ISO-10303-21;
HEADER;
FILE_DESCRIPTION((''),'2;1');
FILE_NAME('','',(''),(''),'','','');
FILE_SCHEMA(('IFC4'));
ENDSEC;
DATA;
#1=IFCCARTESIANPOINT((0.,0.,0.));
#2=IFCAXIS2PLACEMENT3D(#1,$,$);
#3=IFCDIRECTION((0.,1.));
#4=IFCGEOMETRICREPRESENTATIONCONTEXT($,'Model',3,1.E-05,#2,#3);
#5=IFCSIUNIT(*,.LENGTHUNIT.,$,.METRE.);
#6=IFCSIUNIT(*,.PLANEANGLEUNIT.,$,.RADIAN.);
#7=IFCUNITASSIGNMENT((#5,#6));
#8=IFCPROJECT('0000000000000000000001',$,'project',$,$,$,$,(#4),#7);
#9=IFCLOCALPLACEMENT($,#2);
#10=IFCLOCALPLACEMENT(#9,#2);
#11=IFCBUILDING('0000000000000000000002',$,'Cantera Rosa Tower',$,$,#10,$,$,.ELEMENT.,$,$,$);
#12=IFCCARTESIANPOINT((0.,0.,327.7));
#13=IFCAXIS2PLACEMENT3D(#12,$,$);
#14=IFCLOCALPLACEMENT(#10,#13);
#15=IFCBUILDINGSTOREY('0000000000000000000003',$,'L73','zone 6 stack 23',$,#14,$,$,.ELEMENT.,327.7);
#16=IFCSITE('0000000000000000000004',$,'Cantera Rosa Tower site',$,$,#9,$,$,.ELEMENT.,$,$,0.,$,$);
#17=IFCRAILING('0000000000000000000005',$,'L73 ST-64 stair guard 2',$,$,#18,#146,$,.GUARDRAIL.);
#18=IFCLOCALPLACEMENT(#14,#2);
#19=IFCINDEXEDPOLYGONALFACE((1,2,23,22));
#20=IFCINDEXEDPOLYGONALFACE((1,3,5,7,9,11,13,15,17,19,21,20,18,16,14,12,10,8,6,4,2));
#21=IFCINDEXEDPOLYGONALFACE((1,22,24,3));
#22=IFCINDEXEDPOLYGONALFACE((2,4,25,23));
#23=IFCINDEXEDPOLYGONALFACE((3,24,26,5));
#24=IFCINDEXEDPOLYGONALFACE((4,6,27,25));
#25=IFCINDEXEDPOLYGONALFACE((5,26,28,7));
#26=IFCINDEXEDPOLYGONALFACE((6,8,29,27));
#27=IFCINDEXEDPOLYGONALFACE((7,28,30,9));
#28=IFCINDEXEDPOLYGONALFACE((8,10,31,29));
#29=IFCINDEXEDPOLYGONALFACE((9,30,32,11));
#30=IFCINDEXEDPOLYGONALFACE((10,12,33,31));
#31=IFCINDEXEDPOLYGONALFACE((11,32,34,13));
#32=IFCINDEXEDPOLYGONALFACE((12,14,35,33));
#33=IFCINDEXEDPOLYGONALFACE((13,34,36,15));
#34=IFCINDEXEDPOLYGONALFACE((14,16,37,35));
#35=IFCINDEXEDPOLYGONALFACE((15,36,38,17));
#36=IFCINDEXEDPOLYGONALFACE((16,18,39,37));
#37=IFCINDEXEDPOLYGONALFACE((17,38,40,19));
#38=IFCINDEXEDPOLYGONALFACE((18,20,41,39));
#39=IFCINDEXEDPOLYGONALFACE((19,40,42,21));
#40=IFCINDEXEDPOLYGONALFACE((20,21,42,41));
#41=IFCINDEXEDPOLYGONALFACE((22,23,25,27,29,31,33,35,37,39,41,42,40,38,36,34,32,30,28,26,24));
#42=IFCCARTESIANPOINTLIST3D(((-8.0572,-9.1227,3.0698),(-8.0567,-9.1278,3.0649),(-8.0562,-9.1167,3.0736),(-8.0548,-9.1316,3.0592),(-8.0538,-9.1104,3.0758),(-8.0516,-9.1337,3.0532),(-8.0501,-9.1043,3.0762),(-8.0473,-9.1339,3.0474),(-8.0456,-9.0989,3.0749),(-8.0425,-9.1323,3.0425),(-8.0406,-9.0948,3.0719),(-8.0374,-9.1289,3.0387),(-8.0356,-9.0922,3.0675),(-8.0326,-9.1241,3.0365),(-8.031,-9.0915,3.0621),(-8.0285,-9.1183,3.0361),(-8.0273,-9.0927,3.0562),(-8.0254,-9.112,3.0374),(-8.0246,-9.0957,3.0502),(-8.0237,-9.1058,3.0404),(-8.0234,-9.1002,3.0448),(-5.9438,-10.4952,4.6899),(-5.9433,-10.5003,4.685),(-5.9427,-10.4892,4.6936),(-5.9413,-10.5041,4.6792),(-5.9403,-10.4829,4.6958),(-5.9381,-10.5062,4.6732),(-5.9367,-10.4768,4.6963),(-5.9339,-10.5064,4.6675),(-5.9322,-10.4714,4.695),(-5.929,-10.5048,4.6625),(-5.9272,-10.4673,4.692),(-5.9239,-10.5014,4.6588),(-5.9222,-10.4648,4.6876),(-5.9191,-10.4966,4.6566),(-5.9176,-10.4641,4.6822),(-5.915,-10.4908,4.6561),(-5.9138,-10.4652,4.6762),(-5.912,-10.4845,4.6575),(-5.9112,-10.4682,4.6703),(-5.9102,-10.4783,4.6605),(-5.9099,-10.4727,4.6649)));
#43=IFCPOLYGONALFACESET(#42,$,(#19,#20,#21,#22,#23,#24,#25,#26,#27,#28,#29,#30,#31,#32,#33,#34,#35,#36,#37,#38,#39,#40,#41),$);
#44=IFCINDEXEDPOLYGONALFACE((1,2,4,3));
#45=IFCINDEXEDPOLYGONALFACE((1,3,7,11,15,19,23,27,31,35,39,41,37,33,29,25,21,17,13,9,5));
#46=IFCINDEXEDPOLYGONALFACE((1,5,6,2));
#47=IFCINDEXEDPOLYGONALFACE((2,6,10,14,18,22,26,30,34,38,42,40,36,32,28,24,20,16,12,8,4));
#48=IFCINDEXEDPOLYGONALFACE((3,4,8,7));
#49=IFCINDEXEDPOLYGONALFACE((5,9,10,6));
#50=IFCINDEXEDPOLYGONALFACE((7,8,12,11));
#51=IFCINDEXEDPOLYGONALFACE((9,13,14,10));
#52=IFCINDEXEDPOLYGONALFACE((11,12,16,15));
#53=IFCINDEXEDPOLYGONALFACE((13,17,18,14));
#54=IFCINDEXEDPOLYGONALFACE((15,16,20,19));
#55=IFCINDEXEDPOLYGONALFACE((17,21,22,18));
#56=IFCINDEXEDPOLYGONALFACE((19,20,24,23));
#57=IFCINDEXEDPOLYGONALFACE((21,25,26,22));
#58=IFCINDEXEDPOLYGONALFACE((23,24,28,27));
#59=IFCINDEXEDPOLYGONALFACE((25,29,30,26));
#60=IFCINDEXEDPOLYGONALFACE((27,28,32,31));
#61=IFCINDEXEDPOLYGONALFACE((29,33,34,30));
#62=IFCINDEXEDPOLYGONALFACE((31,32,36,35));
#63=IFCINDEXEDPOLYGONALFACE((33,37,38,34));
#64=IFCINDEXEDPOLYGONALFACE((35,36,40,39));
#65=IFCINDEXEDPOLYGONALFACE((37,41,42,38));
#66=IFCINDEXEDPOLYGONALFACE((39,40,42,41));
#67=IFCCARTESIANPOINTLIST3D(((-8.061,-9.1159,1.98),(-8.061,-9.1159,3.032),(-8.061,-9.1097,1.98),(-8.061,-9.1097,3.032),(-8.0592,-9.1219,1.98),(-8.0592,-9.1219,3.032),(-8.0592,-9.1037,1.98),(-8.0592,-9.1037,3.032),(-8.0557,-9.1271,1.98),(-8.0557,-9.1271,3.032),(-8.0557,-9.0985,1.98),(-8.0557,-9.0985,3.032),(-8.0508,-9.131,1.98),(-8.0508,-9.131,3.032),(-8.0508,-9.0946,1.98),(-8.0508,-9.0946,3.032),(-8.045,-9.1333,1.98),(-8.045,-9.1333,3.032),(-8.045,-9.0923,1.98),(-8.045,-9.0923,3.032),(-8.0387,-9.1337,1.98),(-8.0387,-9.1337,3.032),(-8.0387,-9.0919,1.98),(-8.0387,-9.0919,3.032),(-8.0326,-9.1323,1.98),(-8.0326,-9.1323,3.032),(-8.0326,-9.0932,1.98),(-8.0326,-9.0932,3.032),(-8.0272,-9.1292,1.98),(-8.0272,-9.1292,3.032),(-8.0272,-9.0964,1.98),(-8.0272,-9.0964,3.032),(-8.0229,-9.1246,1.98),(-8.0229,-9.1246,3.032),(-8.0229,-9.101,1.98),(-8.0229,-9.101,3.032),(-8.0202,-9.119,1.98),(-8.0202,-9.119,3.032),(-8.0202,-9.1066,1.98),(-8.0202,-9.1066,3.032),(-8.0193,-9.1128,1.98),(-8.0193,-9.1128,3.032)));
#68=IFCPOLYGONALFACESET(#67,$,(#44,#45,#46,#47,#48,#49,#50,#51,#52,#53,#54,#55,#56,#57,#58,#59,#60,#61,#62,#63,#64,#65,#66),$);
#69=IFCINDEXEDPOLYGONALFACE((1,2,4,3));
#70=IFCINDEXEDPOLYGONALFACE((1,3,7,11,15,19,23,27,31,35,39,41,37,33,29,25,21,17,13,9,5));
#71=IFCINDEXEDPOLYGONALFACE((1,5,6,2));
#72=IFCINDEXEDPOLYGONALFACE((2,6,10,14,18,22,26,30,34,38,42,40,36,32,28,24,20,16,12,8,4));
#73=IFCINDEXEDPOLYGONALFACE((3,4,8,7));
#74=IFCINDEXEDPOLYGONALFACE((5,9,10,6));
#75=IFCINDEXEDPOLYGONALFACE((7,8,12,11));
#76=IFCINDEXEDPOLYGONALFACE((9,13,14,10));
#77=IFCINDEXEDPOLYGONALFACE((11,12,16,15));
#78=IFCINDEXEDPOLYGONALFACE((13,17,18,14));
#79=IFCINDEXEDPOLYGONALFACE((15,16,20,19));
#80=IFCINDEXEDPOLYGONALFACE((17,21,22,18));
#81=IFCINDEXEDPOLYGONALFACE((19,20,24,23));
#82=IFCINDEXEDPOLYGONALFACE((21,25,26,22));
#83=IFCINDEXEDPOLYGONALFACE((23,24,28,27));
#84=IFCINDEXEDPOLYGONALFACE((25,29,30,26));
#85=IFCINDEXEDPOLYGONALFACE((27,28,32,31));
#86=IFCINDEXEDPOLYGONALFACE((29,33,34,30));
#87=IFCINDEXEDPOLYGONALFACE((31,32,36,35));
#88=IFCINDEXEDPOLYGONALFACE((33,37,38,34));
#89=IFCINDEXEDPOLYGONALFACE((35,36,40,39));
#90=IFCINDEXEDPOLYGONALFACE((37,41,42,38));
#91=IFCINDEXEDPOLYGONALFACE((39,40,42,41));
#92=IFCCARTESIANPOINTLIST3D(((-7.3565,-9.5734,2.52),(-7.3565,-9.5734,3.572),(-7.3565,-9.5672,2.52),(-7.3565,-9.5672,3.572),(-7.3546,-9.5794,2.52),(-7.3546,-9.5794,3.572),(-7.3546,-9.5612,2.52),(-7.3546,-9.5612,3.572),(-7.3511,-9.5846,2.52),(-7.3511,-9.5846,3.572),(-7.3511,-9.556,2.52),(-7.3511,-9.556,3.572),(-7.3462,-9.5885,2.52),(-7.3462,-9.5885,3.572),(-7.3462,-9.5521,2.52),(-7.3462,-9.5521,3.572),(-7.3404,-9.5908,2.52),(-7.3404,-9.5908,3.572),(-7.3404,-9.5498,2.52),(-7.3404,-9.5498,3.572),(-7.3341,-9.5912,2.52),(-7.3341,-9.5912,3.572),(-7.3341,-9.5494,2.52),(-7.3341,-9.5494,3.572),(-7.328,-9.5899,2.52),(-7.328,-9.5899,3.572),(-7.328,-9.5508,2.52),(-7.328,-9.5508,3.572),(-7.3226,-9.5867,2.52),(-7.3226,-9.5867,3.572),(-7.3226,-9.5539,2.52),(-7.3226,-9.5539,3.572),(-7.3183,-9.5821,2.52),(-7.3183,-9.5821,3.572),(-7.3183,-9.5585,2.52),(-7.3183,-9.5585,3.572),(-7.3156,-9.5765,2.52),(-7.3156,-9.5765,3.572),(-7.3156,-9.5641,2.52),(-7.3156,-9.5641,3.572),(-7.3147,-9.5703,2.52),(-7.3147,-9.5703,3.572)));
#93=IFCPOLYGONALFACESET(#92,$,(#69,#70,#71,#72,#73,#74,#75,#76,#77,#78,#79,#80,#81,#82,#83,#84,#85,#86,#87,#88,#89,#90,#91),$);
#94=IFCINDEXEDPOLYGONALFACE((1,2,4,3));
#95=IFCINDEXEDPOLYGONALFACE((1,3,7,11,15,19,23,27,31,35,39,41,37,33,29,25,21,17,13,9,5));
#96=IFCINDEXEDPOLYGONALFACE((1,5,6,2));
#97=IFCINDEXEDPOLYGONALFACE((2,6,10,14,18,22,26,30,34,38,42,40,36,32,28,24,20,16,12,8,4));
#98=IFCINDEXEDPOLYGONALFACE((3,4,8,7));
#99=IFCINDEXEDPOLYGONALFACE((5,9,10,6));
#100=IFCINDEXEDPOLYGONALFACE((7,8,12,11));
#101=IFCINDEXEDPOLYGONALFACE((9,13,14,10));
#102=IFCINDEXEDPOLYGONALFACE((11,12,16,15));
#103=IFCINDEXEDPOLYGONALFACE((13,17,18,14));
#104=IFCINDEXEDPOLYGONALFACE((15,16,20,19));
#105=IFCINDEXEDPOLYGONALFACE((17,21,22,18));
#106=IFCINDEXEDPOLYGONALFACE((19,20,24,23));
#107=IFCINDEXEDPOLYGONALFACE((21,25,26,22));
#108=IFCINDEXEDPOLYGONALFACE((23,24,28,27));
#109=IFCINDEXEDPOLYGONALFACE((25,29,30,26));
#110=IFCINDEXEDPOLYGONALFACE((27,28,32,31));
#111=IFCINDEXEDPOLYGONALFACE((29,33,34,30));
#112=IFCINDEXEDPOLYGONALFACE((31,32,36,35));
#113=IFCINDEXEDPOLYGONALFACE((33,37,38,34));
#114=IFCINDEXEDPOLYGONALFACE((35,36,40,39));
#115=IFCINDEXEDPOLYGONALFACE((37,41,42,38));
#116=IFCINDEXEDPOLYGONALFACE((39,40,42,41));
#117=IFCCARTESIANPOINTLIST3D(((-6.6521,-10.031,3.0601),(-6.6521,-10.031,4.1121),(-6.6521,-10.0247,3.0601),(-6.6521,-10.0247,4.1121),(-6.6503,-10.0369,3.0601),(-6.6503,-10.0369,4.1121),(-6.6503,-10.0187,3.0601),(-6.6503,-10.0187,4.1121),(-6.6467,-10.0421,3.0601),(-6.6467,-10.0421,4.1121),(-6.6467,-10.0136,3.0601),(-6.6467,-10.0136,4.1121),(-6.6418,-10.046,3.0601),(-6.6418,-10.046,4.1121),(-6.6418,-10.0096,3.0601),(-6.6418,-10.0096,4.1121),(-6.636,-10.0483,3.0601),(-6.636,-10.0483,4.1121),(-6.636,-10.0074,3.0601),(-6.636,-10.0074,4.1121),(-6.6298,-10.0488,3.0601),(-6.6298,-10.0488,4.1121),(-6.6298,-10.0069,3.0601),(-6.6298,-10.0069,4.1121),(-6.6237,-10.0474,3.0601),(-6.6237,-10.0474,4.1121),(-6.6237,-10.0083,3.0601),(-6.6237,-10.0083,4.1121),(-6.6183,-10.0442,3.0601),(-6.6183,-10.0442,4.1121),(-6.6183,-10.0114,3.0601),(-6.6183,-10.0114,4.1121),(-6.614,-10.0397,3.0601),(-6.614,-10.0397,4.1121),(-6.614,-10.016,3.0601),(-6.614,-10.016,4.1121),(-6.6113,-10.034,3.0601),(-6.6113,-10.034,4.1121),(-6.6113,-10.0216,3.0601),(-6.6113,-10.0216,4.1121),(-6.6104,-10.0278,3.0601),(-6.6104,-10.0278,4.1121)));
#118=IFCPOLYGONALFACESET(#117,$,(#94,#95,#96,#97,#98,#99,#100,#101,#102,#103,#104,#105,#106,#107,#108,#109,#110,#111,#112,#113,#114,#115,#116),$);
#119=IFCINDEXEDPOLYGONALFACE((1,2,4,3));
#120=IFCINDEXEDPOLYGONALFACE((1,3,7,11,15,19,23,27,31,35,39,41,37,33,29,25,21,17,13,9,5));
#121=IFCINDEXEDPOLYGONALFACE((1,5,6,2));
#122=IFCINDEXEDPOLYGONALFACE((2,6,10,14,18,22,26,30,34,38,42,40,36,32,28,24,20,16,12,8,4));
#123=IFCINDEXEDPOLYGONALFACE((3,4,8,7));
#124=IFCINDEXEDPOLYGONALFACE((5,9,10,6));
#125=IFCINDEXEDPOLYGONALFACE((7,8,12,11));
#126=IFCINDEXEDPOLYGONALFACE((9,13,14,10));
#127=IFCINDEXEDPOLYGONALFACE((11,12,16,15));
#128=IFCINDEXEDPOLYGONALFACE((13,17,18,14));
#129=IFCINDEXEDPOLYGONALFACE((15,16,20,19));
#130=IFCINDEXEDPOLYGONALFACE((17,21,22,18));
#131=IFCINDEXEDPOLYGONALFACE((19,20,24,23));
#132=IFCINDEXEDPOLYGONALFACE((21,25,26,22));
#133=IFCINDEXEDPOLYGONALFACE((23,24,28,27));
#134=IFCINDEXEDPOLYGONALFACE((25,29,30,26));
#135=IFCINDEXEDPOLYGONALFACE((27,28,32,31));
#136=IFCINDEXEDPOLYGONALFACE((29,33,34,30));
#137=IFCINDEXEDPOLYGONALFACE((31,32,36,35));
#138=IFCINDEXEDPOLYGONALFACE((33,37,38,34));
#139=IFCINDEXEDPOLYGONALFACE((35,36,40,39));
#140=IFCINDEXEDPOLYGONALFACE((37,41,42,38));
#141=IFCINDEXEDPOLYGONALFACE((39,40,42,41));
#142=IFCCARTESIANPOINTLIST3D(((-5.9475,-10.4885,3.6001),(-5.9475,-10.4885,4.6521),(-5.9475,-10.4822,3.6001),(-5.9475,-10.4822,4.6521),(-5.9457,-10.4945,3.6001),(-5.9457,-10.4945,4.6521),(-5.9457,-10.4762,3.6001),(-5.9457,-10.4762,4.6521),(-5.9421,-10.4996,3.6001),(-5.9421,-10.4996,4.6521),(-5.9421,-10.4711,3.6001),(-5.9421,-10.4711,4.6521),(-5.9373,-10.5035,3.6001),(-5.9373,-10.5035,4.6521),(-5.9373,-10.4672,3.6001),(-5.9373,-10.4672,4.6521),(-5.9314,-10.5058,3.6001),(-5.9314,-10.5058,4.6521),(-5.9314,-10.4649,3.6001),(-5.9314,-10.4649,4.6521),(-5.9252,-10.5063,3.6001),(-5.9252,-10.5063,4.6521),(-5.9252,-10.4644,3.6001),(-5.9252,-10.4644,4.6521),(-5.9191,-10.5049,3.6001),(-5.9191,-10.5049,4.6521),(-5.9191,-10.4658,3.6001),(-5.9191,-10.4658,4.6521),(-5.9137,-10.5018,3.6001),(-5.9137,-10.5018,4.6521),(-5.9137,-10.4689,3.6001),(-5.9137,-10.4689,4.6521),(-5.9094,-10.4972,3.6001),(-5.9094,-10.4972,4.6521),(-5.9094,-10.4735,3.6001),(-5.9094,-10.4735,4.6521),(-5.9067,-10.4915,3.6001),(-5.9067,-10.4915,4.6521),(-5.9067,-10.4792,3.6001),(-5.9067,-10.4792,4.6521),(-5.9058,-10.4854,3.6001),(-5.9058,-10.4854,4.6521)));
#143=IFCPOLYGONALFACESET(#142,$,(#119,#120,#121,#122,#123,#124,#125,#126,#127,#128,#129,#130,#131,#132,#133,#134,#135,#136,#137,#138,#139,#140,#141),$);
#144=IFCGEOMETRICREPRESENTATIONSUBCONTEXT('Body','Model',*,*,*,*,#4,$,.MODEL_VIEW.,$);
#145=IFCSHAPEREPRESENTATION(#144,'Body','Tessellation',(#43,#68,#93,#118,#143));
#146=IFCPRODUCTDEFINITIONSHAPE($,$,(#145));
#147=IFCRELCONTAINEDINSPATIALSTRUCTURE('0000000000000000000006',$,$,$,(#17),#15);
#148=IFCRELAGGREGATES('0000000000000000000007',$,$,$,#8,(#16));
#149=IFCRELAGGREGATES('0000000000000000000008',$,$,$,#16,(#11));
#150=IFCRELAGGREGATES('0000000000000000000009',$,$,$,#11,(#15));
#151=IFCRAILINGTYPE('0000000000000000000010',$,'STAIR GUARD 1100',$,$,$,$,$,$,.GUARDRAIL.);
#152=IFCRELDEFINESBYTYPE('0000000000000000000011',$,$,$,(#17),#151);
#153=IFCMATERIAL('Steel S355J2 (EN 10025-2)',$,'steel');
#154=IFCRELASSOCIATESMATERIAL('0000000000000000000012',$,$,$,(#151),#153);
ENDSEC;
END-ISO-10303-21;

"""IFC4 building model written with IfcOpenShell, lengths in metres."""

from ifc_helpers import new_model, si_unit, direction, frame, origin, origin_2d, place, context, subcontext, project, spatial, circle, extrude, material, type_object, element, save


model = new_model("IFC4")

# Units and contexts
model_context = context("Model", 3, precision=1e-05, world=origin(), true_north=direction((0.0, 1.0)))
body_context = subcontext(model_context, "Body", "Model", "MODEL_VIEW")
ifc_project = project(units=[si_unit("LENGTHUNIT", "METRE"), si_unit("PLANEANGLEUNIT", "RADIAN")], contexts=[model_context])

# Site, building, storey
site_placement = place(None, origin())
site = spatial("IfcSite", under=ifc_project, at=site_placement, Name="Cantera Rosa Tower site", CompositionType="ELEMENT", RefElevation=0.0)
building_placement = place(site_placement, origin())
building = spatial("IfcBuilding", under=site, at=building_placement, Name="Cantera Rosa Tower", CompositionType="ELEMENT")
storey_placement = place(building_placement, frame((0.0, 0.0, 327.7)))
storey = spatial("IfcBuildingStorey", under=building, at=storey_placement, Name="L73", Description="zone 6 stack 23", CompositionType="ELEMENT", Elevation=327.7)

# Railing
ifc_material_1 = material(Name="Steel S355J2 (EN 10025-2)", Category="steel")
railing_type_1 = type_object("IfcRailingType", Name="STAIR GUARD 1100", PredefinedType="GUARDRAIL", material=ifc_material_1)
railing_1_placement = place(storey_placement, frame((-8.0403, -9.1128, 1.98)))
element("IfcRailing", 1, at=railing_1_placement, inside=storey, type_object=railing_type_1, Name="L73 ST-64 stair guard 2", PredefinedType="GUARDRAIL", context=body_context, shape_type="SweptSolid", body=[
    extrude(circle(Radius=0.0239, at=origin_2d()), frame((0.0, 0.0, 1.0762), z_axis=(0.705462, -0.458139, 0.54077), x_axis=(0.544644, 0.838667, 0.0)), (0.0, 0.0, 1.0), 2.9958),
    extrude(circle(Radius=0.021, at=origin_2d()), origin(), (0.0, 0.0, 1.0), 1.052),
    extrude(circle(Radius=0.021, at=origin_2d()), frame((0.7046, -0.4575, 0.54)), (0.0, 0.0, 1.0), 1.052),
    extrude(circle(Radius=0.021, at=origin_2d()), frame((1.4089, -0.915, 1.0801)), (0.0, 0.0, 1.0), 1.052),
    extrude(circle(Radius=0.021, at=origin_2d()), frame((2.1135, -1.3726, 1.6201)), (0.0, 0.0, 1.0), 1.052),
])

save(model, "model.ifc")
